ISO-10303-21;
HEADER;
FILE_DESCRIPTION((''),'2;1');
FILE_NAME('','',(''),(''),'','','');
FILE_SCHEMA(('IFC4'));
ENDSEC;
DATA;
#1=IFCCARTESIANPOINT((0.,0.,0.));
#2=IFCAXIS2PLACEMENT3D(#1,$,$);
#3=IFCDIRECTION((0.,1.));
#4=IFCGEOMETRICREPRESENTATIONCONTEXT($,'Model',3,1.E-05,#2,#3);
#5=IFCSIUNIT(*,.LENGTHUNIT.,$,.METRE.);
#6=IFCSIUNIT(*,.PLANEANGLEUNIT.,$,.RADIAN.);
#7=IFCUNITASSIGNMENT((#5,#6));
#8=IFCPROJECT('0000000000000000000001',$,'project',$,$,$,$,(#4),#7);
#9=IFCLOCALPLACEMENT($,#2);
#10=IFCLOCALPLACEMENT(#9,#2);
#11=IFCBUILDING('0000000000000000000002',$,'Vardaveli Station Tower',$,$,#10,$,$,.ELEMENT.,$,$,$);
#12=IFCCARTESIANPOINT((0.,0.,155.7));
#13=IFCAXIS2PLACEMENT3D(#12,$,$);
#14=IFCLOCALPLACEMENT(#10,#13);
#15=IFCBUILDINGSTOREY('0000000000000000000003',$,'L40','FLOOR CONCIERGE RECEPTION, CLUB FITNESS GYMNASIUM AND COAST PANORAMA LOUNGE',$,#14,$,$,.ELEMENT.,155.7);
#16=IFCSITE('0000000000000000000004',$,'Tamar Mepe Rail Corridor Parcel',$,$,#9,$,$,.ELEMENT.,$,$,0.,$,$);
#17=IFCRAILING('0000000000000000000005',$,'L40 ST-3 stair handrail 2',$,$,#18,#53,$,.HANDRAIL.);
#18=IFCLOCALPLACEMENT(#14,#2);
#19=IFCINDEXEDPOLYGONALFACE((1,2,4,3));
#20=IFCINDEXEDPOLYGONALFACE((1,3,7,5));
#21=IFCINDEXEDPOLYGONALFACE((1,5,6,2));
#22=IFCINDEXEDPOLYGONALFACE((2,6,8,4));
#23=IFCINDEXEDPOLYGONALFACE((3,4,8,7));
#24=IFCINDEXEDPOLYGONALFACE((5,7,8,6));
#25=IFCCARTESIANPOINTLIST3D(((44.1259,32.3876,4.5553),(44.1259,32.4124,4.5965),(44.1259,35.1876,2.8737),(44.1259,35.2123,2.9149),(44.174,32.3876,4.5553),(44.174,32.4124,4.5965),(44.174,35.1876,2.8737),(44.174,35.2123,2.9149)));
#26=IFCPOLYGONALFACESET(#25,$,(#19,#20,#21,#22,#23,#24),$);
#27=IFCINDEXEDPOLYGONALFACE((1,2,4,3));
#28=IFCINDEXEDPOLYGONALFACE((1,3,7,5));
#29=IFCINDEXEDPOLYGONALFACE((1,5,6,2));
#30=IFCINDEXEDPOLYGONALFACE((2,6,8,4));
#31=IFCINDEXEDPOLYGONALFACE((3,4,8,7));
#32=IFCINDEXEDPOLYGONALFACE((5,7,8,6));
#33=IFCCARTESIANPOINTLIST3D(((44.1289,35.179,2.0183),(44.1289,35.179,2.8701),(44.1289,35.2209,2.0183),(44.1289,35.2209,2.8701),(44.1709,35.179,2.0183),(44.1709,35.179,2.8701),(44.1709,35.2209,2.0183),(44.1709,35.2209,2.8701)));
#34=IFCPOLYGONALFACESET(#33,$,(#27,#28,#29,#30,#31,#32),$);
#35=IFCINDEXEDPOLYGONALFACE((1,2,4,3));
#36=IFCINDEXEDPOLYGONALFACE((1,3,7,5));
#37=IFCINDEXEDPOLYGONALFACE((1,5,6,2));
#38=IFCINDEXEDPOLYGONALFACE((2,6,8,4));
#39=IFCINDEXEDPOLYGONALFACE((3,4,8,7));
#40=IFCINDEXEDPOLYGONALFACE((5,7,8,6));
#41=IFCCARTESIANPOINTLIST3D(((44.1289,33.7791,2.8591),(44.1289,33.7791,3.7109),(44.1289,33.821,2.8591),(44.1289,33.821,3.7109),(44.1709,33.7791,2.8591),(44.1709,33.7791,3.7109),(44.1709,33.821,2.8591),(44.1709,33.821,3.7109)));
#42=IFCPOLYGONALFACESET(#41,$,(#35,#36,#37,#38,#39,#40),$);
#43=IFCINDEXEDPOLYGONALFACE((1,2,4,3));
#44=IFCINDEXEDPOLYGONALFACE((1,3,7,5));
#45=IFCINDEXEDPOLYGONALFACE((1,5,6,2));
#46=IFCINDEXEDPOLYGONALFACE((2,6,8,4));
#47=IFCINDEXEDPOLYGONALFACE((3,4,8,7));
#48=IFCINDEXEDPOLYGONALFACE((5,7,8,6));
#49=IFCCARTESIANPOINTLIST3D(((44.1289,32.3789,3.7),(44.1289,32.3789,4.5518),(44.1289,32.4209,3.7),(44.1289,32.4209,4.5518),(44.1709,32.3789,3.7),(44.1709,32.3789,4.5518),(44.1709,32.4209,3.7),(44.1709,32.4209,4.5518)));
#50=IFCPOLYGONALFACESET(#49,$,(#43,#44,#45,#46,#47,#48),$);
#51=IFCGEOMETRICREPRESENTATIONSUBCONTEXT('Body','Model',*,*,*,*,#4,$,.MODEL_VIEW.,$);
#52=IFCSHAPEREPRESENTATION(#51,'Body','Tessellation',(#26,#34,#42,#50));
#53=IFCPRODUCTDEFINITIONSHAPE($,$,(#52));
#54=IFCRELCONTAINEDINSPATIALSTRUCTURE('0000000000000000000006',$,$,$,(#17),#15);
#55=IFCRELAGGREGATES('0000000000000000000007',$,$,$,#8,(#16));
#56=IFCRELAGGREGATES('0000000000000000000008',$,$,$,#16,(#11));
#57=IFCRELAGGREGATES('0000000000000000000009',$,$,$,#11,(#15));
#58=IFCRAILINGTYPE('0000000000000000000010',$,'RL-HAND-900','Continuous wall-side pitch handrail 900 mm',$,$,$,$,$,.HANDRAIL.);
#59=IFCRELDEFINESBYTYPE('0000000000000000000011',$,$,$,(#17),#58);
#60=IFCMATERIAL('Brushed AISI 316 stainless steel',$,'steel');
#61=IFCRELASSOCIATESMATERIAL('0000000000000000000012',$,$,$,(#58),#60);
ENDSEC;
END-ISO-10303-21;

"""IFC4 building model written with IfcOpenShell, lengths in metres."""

from ifc_helpers import new_model, si_unit, direction, frame, origin, origin_2d, place, context, subcontext, project, spatial, rectangle, extrude, source, transform, mapped, material, type_object, element, save


model = new_model("IFC4")

# Units and contexts
model_context = context("Model", 3, precision=1e-05, world=origin(), true_north=direction((0.0, 1.0)))
body_context = subcontext(model_context, "Body", "Model", "MODEL_VIEW")
ifc_project = project(units=[si_unit("LENGTHUNIT", "METRE"), si_unit("PLANEANGLEUNIT", "RADIAN")], contexts=[model_context])

# Site, building, storey
site_placement = place(None, origin())
site = spatial("IfcSite", under=ifc_project, at=site_placement, Name="Tamar Mepe Rail Corridor Parcel", CompositionType="ELEMENT", RefElevation=0.0)
building_placement = place(site_placement, origin())
building = spatial("IfcBuilding", under=site, at=building_placement, Name="Vardaveli Station Tower", CompositionType="ELEMENT")
storey_placement = place(building_placement, frame((0.0, 0.0, 155.7)))
storey = spatial("IfcBuildingStorey", under=building, at=storey_placement, Name="L40", Description="FLOOR CONCIERGE RECEPTION, CLUB FITNESS GYMNASIUM AND COAST PANORAMA LOUNGE", CompositionType="ELEMENT", Elevation=155.7)

# Railing
ifc_material_1 = material(Name="Brushed AISI 316 stainless steel", Category="steel")
railing_type_1 = type_object("IfcRailingType", Name="RL-HAND-900", Description="Continuous wall-side pitch handrail 900 mm", PredefinedType="HANDRAIL", material=ifc_material_1)
shared_shape_1 = source(origin(), body_context, "Body", "SweptSolid", [
    extrude(rectangle(XDim=0.0481, YDim=0.0481, at=origin_2d()), frame((0.0, 0.0, 0.876), z_axis=(0.0, -0.857275, 0.514858), x_axis=(1.0, 0.0, 0.0)), (0.0, 0.0, 1.0), 3.2661),
    extrude(rectangle(XDim=0.042, YDim=0.042, at=origin_2d()), origin(), (0.0, 0.0, 1.0), 0.8518),
    extrude(rectangle(XDim=0.042, YDim=0.042, at=origin_2d()), frame((0.0, -1.3999, 0.8408)), (0.0, 0.0, 1.0), 0.8518),
    extrude(rectangle(XDim=0.042, YDim=0.042, at=origin_2d()), frame((0.0, -2.8, 1.6816)), (0.0, 0.0, 1.0), 0.8518),
])
railing_1_placement = place(storey_placement, frame((44.1499, 35.2, 2.0183)))
element("IfcRailing", 1, at=railing_1_placement, inside=storey, type_object=railing_type_1, Name="L40 ST-3 stair handrail 2", PredefinedType="HANDRAIL", context=body_context, shape_type="MappedRepresentation", body=[
    mapped(shared_shape_1, transform((0.0, 0.0, 0.0), scale=1.0)),
])

save(model, "model.ifc")
